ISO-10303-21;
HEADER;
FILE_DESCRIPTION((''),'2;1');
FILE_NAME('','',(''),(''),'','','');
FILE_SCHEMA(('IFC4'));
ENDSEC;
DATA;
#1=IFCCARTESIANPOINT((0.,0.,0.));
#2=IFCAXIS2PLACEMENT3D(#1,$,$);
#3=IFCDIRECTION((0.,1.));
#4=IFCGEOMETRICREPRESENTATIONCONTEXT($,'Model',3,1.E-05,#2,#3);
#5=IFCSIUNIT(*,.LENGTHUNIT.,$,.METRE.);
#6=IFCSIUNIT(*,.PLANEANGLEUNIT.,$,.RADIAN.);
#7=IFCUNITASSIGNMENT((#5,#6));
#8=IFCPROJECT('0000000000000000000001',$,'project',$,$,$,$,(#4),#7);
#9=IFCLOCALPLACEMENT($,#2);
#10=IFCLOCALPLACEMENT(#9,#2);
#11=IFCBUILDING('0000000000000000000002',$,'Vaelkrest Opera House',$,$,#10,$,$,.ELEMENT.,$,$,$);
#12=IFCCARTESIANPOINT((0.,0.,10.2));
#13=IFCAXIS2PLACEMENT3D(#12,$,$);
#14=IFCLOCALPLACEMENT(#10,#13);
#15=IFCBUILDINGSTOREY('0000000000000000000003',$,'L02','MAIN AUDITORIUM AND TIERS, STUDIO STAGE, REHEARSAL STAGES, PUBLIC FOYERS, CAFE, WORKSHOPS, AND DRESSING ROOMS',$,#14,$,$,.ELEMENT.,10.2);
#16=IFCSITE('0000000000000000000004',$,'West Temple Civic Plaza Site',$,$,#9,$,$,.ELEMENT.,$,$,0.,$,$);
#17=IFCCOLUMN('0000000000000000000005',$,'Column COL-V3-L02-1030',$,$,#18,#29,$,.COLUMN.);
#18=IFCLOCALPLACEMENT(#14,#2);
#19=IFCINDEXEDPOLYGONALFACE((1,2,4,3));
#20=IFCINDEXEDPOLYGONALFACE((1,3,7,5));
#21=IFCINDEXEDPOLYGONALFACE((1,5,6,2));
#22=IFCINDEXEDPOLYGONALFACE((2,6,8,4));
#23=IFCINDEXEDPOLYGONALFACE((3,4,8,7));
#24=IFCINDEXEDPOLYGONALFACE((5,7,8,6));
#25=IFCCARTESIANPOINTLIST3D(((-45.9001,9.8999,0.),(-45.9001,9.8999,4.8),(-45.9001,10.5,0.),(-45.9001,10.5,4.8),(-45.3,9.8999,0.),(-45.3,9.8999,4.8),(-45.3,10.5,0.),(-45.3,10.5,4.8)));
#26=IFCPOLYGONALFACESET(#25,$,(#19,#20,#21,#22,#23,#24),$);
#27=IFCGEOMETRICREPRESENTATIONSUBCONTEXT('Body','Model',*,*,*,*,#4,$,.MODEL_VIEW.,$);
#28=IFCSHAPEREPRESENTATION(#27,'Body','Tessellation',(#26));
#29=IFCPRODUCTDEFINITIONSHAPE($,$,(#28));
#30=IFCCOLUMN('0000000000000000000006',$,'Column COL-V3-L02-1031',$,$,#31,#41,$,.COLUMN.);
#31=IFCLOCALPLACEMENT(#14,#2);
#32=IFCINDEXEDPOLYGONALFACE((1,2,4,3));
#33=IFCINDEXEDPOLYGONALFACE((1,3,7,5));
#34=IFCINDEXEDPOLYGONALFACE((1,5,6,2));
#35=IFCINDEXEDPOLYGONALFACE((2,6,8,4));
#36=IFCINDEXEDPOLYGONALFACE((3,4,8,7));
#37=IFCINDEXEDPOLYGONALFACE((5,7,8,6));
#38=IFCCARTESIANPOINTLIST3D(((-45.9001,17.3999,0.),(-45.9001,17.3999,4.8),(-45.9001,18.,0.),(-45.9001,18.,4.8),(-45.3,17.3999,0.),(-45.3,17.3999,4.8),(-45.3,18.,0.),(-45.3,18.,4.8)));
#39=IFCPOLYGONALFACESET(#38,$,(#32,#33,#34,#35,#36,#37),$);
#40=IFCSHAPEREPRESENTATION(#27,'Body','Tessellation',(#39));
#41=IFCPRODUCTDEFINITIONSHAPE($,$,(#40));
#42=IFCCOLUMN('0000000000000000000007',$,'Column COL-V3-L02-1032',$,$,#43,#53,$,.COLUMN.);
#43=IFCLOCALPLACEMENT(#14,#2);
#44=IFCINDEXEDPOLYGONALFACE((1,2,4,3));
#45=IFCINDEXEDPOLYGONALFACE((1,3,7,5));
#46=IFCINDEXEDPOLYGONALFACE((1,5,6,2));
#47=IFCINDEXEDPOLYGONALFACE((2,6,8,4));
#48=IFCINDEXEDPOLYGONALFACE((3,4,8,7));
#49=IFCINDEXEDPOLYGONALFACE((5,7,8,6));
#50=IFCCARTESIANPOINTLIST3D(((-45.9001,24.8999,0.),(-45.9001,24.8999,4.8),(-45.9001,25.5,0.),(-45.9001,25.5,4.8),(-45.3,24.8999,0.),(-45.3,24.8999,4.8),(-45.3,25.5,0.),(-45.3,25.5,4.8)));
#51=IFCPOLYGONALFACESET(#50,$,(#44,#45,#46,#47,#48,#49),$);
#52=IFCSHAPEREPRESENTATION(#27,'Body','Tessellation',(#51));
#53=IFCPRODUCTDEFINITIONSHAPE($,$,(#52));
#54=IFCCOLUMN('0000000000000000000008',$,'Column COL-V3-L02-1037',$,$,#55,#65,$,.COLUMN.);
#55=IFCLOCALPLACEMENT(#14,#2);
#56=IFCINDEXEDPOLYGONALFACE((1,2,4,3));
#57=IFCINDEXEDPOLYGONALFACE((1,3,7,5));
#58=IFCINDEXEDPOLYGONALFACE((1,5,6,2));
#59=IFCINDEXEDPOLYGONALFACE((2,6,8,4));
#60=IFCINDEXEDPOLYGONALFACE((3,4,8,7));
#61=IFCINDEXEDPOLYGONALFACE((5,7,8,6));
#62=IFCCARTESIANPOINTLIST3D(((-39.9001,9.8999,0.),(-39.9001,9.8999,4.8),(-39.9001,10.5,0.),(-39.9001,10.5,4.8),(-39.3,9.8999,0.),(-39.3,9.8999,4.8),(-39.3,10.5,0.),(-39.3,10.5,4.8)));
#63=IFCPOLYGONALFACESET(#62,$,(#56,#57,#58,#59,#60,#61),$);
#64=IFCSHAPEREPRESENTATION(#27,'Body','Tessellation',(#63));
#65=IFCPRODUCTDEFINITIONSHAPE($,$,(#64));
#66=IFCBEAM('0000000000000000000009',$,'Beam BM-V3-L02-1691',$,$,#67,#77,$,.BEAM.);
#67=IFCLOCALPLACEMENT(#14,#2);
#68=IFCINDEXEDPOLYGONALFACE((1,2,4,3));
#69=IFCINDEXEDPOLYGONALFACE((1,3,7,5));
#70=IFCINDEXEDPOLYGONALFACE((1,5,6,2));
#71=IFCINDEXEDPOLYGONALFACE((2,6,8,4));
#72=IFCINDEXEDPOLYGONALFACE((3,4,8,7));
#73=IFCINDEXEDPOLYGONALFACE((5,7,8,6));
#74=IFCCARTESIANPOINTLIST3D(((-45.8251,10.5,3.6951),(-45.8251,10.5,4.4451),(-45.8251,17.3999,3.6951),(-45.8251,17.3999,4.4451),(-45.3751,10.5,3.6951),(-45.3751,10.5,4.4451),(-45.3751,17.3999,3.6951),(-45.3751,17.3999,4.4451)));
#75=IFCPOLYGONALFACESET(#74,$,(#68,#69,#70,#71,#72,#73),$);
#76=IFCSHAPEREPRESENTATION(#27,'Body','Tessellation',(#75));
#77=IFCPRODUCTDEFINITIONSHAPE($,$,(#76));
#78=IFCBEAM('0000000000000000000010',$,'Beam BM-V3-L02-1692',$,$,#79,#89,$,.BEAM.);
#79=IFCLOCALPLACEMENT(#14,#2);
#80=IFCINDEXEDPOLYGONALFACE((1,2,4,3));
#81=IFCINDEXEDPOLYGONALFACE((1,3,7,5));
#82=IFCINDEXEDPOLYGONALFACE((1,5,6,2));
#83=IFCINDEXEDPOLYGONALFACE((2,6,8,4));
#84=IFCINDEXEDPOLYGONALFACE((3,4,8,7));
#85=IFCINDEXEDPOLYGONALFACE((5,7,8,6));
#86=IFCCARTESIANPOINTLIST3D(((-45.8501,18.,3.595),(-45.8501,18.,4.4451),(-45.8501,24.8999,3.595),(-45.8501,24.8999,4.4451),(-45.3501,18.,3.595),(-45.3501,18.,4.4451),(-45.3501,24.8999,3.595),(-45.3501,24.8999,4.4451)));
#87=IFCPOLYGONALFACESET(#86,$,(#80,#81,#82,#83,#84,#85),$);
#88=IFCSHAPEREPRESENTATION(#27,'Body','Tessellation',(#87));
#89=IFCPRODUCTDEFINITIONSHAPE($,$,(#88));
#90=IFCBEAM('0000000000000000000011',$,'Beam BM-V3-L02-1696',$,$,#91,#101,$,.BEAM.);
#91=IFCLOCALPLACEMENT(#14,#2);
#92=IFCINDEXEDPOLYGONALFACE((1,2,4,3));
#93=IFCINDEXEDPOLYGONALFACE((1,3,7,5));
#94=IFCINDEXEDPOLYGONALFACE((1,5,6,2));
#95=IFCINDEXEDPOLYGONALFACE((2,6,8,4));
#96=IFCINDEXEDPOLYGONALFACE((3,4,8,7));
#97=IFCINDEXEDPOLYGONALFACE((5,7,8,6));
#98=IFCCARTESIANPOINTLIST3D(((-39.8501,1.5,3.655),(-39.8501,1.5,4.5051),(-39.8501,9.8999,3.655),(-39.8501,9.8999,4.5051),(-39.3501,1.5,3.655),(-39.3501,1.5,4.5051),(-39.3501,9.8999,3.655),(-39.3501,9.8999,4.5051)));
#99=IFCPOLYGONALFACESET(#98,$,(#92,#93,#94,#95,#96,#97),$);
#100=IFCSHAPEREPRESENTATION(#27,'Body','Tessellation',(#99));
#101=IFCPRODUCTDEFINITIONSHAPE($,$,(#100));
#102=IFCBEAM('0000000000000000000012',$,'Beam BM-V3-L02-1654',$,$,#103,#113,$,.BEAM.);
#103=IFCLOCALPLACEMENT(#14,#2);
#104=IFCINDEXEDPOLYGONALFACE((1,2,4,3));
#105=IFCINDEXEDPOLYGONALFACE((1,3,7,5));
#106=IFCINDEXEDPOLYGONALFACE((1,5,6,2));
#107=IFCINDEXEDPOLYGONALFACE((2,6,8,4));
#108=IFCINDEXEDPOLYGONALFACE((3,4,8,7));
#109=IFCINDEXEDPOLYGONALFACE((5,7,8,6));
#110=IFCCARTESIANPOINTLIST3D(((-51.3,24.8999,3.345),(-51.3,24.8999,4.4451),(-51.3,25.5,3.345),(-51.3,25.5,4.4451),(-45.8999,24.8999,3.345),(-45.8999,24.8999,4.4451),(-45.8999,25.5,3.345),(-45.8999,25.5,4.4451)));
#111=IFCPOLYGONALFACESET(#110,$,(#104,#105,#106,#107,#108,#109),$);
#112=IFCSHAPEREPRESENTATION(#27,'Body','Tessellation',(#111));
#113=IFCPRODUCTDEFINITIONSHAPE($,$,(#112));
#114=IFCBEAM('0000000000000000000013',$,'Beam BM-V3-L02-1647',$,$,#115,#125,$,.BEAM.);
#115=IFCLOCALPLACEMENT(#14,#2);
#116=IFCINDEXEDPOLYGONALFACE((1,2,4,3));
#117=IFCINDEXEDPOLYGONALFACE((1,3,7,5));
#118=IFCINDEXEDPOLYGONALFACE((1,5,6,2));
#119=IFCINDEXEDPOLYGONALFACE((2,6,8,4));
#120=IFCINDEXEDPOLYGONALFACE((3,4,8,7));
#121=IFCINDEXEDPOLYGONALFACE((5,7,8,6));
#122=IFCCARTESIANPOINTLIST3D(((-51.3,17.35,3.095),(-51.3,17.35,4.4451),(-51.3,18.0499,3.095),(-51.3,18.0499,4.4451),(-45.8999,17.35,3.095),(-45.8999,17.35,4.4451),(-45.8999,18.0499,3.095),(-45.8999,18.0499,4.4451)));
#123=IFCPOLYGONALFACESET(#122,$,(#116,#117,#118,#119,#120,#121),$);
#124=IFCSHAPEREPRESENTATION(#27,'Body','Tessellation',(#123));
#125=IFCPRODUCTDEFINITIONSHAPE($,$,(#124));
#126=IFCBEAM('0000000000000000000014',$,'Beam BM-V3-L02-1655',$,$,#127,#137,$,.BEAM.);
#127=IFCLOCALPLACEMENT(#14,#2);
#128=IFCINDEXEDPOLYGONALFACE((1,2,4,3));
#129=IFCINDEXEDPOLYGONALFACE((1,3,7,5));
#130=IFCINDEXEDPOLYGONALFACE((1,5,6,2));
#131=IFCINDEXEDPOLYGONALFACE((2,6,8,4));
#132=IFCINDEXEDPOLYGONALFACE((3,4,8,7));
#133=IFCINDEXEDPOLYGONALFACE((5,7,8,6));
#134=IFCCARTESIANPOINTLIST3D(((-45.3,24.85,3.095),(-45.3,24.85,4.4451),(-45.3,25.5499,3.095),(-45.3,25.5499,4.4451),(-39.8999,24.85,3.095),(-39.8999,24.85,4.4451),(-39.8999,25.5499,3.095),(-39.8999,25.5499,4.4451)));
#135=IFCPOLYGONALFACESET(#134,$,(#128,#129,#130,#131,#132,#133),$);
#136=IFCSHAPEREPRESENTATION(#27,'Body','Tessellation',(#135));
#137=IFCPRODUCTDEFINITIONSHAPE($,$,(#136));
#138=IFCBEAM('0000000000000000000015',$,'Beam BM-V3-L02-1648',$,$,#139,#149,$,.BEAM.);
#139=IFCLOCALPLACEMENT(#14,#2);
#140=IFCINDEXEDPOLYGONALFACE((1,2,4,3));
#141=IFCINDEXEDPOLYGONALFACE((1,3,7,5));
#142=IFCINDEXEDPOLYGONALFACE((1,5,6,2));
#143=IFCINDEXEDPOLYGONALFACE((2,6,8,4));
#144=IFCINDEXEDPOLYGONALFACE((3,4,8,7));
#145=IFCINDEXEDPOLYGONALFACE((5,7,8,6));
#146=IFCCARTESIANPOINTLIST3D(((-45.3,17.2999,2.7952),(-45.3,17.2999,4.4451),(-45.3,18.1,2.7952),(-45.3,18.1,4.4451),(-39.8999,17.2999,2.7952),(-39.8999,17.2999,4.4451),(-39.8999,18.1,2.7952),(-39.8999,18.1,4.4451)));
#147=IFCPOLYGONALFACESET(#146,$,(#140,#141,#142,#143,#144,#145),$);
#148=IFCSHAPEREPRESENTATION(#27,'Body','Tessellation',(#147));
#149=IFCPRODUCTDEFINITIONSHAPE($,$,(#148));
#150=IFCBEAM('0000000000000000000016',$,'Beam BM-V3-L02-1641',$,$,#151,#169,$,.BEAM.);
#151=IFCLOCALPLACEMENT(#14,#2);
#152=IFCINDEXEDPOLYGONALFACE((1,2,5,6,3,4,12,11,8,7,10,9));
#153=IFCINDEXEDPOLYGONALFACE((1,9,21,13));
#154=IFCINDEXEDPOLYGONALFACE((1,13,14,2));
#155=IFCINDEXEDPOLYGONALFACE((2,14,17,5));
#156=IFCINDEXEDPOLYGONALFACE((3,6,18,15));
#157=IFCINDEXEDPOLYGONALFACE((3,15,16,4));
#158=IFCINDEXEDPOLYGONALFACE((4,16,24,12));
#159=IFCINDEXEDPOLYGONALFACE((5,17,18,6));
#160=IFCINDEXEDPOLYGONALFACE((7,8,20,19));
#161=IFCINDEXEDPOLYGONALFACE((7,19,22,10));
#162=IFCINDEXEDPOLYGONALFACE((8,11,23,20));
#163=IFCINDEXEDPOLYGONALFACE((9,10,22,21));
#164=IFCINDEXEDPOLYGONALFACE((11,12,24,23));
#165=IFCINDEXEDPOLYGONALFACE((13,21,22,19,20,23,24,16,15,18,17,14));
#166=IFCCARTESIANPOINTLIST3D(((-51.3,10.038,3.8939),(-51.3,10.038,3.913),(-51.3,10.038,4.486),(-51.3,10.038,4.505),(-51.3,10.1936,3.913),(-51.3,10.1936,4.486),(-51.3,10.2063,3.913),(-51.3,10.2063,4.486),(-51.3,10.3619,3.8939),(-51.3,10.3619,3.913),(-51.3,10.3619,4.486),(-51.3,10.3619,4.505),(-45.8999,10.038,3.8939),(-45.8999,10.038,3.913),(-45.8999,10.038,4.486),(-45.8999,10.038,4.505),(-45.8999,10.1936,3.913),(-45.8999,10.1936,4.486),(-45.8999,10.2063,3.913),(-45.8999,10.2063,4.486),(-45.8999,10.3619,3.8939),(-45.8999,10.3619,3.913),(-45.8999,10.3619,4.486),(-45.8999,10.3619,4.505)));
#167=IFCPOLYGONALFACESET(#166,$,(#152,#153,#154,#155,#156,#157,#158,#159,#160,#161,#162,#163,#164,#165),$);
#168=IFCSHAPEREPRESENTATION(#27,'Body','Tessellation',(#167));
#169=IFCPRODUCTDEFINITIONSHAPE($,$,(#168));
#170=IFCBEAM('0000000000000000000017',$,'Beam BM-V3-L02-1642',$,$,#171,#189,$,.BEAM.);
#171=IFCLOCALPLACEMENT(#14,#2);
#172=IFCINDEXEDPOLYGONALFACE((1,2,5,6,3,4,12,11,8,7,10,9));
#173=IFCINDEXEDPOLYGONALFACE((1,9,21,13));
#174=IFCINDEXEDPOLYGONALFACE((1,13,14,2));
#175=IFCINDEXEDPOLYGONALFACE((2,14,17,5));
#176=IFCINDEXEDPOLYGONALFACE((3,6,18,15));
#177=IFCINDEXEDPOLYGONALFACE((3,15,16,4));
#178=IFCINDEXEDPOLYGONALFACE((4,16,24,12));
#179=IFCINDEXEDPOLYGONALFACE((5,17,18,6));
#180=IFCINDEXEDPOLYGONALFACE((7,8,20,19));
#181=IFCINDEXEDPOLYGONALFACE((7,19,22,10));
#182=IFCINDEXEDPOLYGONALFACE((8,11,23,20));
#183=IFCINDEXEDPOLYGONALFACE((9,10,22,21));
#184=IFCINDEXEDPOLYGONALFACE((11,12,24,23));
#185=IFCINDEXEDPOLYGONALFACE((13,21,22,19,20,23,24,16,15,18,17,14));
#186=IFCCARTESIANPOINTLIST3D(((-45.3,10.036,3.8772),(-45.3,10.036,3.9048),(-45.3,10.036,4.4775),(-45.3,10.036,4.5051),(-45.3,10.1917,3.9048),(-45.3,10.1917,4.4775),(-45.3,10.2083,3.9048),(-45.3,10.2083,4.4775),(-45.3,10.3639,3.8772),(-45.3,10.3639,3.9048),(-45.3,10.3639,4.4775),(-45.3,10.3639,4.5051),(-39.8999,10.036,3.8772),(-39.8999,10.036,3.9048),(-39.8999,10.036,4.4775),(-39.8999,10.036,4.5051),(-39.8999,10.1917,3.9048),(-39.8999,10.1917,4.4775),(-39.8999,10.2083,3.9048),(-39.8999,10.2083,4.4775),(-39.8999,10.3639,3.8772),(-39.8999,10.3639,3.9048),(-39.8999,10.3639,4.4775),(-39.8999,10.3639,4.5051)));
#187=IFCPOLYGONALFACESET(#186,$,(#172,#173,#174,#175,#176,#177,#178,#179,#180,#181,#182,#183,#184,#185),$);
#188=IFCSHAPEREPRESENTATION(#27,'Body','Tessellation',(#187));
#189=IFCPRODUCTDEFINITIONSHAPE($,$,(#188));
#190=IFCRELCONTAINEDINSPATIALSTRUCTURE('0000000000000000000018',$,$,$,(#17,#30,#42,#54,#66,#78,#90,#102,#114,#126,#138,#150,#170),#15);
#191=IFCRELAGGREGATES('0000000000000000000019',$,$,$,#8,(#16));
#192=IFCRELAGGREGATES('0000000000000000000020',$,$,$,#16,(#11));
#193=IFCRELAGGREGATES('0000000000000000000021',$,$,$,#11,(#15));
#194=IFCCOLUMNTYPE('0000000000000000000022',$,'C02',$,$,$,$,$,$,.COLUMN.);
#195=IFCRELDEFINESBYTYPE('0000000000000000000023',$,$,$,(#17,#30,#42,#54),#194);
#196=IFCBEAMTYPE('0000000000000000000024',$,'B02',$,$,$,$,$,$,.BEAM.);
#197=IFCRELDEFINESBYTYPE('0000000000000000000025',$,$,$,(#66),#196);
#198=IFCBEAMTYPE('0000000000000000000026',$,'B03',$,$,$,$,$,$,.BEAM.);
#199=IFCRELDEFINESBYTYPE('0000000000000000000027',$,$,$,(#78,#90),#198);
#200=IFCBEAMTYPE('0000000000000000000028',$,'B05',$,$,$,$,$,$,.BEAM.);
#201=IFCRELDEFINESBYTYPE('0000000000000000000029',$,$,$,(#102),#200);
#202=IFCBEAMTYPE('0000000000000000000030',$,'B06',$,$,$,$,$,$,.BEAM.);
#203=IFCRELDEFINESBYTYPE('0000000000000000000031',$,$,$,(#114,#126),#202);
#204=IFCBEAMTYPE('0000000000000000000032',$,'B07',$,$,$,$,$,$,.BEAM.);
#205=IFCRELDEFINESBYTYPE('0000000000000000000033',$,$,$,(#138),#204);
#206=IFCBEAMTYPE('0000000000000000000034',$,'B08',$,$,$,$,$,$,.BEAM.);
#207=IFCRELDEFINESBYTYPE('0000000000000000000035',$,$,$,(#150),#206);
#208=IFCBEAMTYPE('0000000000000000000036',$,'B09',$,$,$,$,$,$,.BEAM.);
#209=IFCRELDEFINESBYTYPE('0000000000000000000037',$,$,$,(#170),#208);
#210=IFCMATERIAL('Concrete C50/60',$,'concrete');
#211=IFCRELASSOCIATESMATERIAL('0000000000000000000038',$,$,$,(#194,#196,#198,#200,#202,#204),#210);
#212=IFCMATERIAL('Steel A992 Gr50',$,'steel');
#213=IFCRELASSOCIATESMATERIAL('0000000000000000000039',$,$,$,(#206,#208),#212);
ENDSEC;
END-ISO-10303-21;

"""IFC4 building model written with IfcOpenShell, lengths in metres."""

from ifc_helpers import new_model, si_unit, direction, frame, origin, origin_2d, place, context, subcontext, project, spatial, rectangle, i_section, extrude, material, material_profile, profile_set, type_object, element, save


model = new_model("IFC4")

# Units and contexts
model_context = context("Model", 3, precision=1e-05, world=origin(), true_north=direction((0.0, 1.0)))
body_context = subcontext(model_context, "Body", "Model", "MODEL_VIEW")
ifc_project = project(units=[si_unit("LENGTHUNIT", "METRE"), si_unit("PLANEANGLEUNIT", "RADIAN")], contexts=[model_context])

# Site, building, storey
site_placement = place(None, origin())
site = spatial("IfcSite", under=ifc_project, at=site_placement, Name="West Temple Civic Plaza Site", CompositionType="ELEMENT", RefElevation=0.0)
building_placement = place(site_placement, origin())
building = spatial("IfcBuilding", under=site, at=building_placement, Name="Vaelkrest Opera House", CompositionType="ELEMENT")
storey_placement = place(building_placement, frame((0.0, 0.0, 10.2)))
storey = spatial("IfcBuildingStorey", under=building, at=storey_placement, Name="L02", Description="MAIN AUDITORIUM AND TIERS, STUDIO STAGE, REHEARSAL STAGES, PUBLIC FOYERS, CAFE, WORKSHOPS, AND DRESSING ROOMS", CompositionType="ELEMENT", Elevation=10.2)

# Columns
ifc_material_1 = material(Name="Concrete C50/60", Category="concrete")
ifc_material_profile_1 = material_profile(ifc_material_1, rectangle(XDim=0.6001, YDim=0.6001, at=origin_2d()), Name="RC600X600")
ifc_profile_set_1 = profile_set([ifc_material_profile_1], Name="Concrete C50/60")
column_type = type_object("IfcColumnType", Name="C02", PredefinedType="COLUMN", material=ifc_profile_set_1)
for number, where, z_axis, x_axis, name in (
    (1, (-45.6001, 10.2, 0.0), (0.0, 0.0, 1.0), (1.0, 0.0, 0.0), "Column COL-V3-L02-1030"),
    (2, (-45.6001, 17.7, 0.0), (0.0, 0.0, 1.0), (1.0, 0.0, 0.0), "Column COL-V3-L02-1031"),
    (3, (-45.6001, 25.2, 0.0), (0.0, 0.0, 1.0), (1.0, 0.0, 0.0), "Column COL-V3-L02-1032"),
    (4, (-39.6001, 10.2, 0.0), (0.0, 0.0, 1.0), (1.0, 0.0, 0.0), "Column COL-V3-L02-1037"),
):
    element("IfcColumn", number, at=place(storey_placement, frame(where, z_axis=z_axis, x_axis=x_axis)), inside=storey, type_object=column_type, Name=name, PredefinedType="COLUMN", context=body_context, shape_type="SweptSolid", body=[
        extrude(rectangle(XDim=0.6001, YDim=0.6001, at=origin_2d()), origin(), (0.0, 0.0, 1.0), 4.8),
    ])

# Beams
ifc_material_profile_2 = material_profile(ifc_material_1, rectangle(XDim=0.45, YDim=0.75, at=origin_2d()), Name="RCB450X750")
ifc_profile_set_2 = profile_set([ifc_material_profile_2], Name="Concrete C50/60")
beam_type_1 = type_object("IfcBeamType", Name="B02", PredefinedType="BEAM", material=ifc_profile_set_2)
beam_1_placement = place(storey_placement, frame((-45.6001, 10.5, 4.0701), z_axis=(0.0, 1.0, 0.0), x_axis=(-1.0, 0.0, 0.0)))
element("IfcBeam", 5, at=beam_1_placement, inside=storey, type_object=beam_type_1, Name="Beam BM-V3-L02-1691", PredefinedType="BEAM", context=body_context, shape_type="SweptSolid", body=[
    extrude(rectangle(XDim=0.45, YDim=0.75, at=origin_2d()), origin(), (0.0, 0.0, 1.0), 6.8999),
])
ifc_material_profile_3 = material_profile(ifc_material_1, rectangle(XDim=0.5, YDim=0.8501, at=origin_2d()), Name="RCB500X850")
ifc_profile_set_3 = profile_set([ifc_material_profile_3], Name="Concrete C50/60")
beam_type_2 = type_object("IfcBeamType", Name="B03", PredefinedType="BEAM", material=ifc_profile_set_3)
beam_2_placement = place(storey_placement, frame((-45.6001, 18.0, 4.02), z_axis=(0.0, 1.0, 0.0), x_axis=(-1.0, 0.0, 0.0)))
element("IfcBeam", 6, at=beam_2_placement, inside=storey, type_object=beam_type_2, Name="Beam BM-V3-L02-1692", PredefinedType="BEAM", context=body_context, shape_type="SweptSolid", body=[
    extrude(rectangle(XDim=0.5, YDim=0.8501, at=origin_2d()), origin(), (0.0, 0.0, 1.0), 6.8999),
])
beam_3_placement = place(storey_placement, frame((-39.6001, 1.5, 4.0801), z_axis=(0.0, 1.0, 0.0), x_axis=(-1.0, 0.0, 0.0)))
element("IfcBeam", 7, at=beam_3_placement, inside=storey, type_object=beam_type_2, Name="Beam BM-V3-L02-1696", PredefinedType="BEAM", context=body_context, shape_type="SweptSolid", body=[
    extrude(rectangle(XDim=0.5, YDim=0.8501, at=origin_2d()), origin(), (0.0, 0.0, 1.0), 8.3999),
])
ifc_material_profile_4 = material_profile(ifc_material_1, rectangle(XDim=0.6001, YDim=1.1001, at=origin_2d()), Name="RCB600X1100")
ifc_profile_set_4 = profile_set([ifc_material_profile_4], Name="Concrete C50/60")
beam_type_3 = type_object("IfcBeamType", Name="B05", PredefinedType="BEAM", material=ifc_profile_set_4)
beam_4_placement = place(storey_placement, frame((-51.3, 25.2, 3.895), z_axis=(1.0, 0.0, 0.0), x_axis=(0.0, 1.0, 0.0)))
element("IfcBeam", 8, at=beam_4_placement, inside=storey, type_object=beam_type_3, Name="Beam BM-V3-L02-1654", PredefinedType="BEAM", context=body_context, shape_type="SweptSolid", body=[
    extrude(rectangle(XDim=0.6001, YDim=1.1001, at=origin_2d()), origin(), (0.0, 0.0, 1.0), 5.4001),
])
ifc_material_profile_5 = material_profile(ifc_material_1, rectangle(XDim=0.7, YDim=1.3501, at=origin_2d()), Name="RCB700X1350")
ifc_profile_set_5 = profile_set([ifc_material_profile_5], Name="Concrete C50/60")
beam_type_4 = type_object("IfcBeamType", Name="B06", PredefinedType="BEAM", material=ifc_profile_set_5)
for number, where, z_axis, x_axis, name in (
    (9, (-51.3, 17.7, 3.77), (1.0, 0.0, 0.0), (0.0, 1.0, 0.0), "Beam BM-V3-L02-1647"),
    (10, (-45.3, 25.2, 3.77), (1.0, 0.0, 0.0), (0.0, 1.0, 0.0), "Beam BM-V3-L02-1655"),
):
    element("IfcBeam", number, at=place(storey_placement, frame(where, z_axis=z_axis, x_axis=x_axis)), inside=storey, type_object=beam_type_4, Name=name, PredefinedType="BEAM", context=body_context, shape_type="SweptSolid", body=[
        extrude(rectangle(XDim=0.7, YDim=1.3501, at=origin_2d()), origin(), (0.0, 0.0, 1.0), 5.4001),
    ])
ifc_material_profile_6 = material_profile(ifc_material_1, rectangle(XDim=0.8, YDim=1.6499, at=origin_2d()), Name="RCB800X1650")
ifc_profile_set_6 = profile_set([ifc_material_profile_6], Name="Concrete C50/60")
beam_type_5 = type_object("IfcBeamType", Name="B07", PredefinedType="BEAM", material=ifc_profile_set_6)
beam_5_placement = place(storey_placement, frame((-45.3, 17.7, 3.6201), z_axis=(1.0, 0.0, 0.0), x_axis=(0.0, 1.0, 0.0)))
element("IfcBeam", 11, at=beam_5_placement, inside=storey, type_object=beam_type_5, Name="Beam BM-V3-L02-1648", PredefinedType="BEAM", context=body_context, shape_type="SweptSolid", body=[
    extrude(rectangle(XDim=0.8, YDim=1.6499, at=origin_2d()), origin(), (0.0, 0.0, 1.0), 5.4001),
])
ifc_material_2 = material(Name="Steel A992 Gr50", Category="steel")
ifc_material_profile_7 = material_profile(ifc_material_2, i_section(OverallWidth=0.324, OverallDepth=0.6111, WebThickness=0.0127, FlangeThickness=0.019, at=origin_2d()), Name="W24X104")
ifc_profile_set_7 = profile_set([ifc_material_profile_7], Name="Steel A992 Gr50")
beam_type_6 = type_object("IfcBeamType", Name="B08", PredefinedType="BEAM", material=ifc_profile_set_7)
beam_6_placement = place(storey_placement, frame((-51.3, 10.2, 4.1995), z_axis=(1.0, 0.0, 0.0), x_axis=(0.0, 1.0, 0.0)))
element("IfcBeam", 12, at=beam_6_placement, inside=storey, type_object=beam_type_6, Name="Beam BM-V3-L02-1641", PredefinedType="BEAM", context=body_context, shape_type="SweptSolid", body=[
    extrude(i_section(OverallWidth=0.324, OverallDepth=0.6111, WebThickness=0.0127, FlangeThickness=0.019, at=origin_2d()), origin(), (0.0, 0.0, 1.0), 5.4001),
])
ifc_material_profile_8 = material_profile(ifc_material_2, i_section(OverallWidth=0.3279, OverallDepth=0.6279, WebThickness=0.0166, FlangeThickness=0.0276, at=origin_2d()), Name="W24X146")
ifc_profile_set_8 = profile_set([ifc_material_profile_8], Name="Steel A992 Gr50")
beam_type_7 = type_object("IfcBeamType", Name="B09", PredefinedType="BEAM", material=ifc_profile_set_8)
beam_7_placement = place(storey_placement, frame((-45.3, 10.2, 4.1912), z_axis=(1.0, 0.0, 0.0), x_axis=(0.0, 1.0, 0.0)))
element("IfcBeam", 13, at=beam_7_placement, inside=storey, type_object=beam_type_7, Name="Beam BM-V3-L02-1642", PredefinedType="BEAM", context=body_context, shape_type="SweptSolid", body=[
    extrude(i_section(OverallWidth=0.3279, OverallDepth=0.6279, WebThickness=0.0166, FlangeThickness=0.0276, at=origin_2d()), origin(), (0.0, 0.0, 1.0), 5.4001),
])

save(model, "model.ifc")
